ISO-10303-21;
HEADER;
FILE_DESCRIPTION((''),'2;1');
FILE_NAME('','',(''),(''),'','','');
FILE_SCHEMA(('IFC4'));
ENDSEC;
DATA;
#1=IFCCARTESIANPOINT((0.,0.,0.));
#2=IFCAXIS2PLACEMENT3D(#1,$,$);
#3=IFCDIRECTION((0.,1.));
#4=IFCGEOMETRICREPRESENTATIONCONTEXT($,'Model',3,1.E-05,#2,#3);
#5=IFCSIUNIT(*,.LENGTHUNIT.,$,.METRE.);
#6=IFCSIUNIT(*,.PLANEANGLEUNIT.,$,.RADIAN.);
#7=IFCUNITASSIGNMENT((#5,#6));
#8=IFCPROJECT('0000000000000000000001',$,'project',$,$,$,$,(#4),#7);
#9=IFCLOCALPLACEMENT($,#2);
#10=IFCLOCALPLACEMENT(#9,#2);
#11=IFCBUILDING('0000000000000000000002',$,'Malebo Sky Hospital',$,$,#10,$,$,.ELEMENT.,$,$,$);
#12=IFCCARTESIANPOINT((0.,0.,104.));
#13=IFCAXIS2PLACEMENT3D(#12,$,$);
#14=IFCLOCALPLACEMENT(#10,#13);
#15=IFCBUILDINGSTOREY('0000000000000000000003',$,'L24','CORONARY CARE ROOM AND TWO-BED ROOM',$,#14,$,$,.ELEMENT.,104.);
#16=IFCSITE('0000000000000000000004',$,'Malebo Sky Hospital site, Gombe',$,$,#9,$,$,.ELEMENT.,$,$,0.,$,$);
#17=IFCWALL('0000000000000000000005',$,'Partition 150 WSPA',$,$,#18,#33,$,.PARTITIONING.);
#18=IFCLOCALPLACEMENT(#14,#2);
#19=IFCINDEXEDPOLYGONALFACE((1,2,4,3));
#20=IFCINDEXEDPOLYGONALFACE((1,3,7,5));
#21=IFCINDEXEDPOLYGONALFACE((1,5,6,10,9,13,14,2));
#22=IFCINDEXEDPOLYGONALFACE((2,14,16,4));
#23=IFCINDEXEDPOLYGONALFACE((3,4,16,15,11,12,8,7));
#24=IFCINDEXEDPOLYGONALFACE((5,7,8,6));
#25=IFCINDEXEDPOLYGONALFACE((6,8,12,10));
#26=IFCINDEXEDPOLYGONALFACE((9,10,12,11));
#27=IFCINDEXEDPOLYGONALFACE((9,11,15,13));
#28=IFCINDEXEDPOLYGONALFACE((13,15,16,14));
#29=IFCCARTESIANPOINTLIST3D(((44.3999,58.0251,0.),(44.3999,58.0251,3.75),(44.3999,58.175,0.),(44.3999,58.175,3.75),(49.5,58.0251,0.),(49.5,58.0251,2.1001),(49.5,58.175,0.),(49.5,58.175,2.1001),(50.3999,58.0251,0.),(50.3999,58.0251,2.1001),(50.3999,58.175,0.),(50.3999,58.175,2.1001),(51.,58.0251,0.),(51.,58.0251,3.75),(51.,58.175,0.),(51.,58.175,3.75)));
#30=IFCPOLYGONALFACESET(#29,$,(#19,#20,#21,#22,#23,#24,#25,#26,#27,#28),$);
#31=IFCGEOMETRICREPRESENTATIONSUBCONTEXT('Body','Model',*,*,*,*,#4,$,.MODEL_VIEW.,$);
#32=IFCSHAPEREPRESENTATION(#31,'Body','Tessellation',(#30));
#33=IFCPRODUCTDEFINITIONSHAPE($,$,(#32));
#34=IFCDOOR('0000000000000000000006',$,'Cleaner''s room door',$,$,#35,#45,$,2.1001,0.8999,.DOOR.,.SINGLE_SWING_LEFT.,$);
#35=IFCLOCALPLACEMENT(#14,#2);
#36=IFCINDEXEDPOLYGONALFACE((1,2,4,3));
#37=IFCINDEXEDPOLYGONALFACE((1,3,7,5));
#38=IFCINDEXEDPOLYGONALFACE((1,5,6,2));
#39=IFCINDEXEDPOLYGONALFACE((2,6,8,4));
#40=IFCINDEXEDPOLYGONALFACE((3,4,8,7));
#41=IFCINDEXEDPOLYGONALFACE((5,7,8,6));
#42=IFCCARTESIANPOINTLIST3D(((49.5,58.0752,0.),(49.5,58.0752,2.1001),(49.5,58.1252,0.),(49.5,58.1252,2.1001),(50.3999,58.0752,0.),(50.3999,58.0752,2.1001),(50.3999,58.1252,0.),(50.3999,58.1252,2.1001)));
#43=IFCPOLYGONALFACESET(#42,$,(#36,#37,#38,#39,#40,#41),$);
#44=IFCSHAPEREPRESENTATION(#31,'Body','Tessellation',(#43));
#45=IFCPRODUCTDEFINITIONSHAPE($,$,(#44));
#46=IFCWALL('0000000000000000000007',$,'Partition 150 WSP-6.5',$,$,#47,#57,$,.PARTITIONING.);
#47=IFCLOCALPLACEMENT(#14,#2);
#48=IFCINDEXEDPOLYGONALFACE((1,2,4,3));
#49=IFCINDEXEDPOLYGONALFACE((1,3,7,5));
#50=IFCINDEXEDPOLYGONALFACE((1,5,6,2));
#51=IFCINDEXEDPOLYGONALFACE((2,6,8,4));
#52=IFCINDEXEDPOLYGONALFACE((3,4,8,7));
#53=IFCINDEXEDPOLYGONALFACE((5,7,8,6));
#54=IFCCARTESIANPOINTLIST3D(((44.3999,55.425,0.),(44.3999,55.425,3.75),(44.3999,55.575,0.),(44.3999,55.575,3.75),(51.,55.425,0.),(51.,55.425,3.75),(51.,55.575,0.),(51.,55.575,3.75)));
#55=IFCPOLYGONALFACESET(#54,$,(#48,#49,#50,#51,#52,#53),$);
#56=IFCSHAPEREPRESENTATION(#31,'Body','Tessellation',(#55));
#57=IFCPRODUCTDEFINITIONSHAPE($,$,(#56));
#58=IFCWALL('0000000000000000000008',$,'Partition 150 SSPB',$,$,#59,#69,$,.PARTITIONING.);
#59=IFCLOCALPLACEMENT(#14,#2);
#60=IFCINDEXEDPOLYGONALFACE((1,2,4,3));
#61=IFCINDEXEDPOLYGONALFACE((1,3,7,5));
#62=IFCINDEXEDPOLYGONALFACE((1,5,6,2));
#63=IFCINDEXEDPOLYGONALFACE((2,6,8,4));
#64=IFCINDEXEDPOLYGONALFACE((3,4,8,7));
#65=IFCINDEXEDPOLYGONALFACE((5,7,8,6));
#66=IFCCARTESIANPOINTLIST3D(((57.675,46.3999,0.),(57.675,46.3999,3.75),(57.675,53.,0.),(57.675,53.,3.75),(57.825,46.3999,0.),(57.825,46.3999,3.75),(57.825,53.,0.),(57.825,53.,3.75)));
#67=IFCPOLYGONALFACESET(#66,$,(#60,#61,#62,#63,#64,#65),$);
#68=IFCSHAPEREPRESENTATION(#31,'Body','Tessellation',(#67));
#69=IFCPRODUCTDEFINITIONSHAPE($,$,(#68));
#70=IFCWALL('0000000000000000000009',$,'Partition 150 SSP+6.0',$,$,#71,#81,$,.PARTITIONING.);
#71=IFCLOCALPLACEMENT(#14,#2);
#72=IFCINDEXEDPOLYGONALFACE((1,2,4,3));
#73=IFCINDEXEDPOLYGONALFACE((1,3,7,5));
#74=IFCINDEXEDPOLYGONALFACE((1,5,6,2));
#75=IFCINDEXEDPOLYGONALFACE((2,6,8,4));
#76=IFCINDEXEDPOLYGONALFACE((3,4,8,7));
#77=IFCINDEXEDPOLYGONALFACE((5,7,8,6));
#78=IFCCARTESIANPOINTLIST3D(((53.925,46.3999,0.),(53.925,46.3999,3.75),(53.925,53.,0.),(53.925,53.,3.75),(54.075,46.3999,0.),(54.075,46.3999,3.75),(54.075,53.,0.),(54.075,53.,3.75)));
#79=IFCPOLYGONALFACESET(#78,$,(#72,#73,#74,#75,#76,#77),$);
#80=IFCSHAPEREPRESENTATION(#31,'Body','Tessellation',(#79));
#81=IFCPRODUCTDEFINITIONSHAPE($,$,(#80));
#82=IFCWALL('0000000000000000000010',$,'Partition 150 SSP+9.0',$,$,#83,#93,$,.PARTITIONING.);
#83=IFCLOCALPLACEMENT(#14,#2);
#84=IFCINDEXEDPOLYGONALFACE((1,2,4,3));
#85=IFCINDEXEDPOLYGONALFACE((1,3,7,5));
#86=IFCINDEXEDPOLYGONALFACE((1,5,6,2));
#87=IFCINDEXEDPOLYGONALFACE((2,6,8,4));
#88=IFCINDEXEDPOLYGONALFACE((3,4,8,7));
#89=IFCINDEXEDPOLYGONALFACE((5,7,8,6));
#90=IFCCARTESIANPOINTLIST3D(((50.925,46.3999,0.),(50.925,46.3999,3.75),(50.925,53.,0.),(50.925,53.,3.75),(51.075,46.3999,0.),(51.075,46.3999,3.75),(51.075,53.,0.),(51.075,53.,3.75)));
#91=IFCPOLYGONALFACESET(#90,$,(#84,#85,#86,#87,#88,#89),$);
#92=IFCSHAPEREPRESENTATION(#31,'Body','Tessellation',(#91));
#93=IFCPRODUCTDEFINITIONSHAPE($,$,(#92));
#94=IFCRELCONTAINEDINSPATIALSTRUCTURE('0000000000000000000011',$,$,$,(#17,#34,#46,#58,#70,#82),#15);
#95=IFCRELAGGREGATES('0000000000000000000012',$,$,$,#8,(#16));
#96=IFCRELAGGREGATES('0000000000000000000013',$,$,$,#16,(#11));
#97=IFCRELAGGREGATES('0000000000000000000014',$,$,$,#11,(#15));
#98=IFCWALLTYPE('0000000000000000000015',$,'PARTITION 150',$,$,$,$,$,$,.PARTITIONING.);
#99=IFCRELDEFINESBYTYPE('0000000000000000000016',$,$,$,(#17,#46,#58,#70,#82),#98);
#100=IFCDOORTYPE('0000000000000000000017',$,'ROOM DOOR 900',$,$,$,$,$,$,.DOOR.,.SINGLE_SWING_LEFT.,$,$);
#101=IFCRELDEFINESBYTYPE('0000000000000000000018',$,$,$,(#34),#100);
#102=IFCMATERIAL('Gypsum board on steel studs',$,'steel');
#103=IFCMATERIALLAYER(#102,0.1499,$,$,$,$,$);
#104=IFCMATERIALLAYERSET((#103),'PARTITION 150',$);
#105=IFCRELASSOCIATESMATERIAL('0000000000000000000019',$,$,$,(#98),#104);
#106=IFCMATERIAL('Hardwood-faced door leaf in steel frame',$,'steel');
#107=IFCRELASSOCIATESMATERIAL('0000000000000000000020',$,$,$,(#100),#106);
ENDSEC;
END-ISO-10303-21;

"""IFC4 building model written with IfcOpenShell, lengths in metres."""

from ifc_helpers import new_model, si_unit, direction, frame, frame_2d, origin, place, context, subcontext, project, spatial, rectangle, extrude, material, layer, layer_set, type_object, element, fill, save


model = new_model("IFC4")

# Units and contexts
model_context = context("Model", 3, precision=1e-05, world=origin(), true_north=direction((0.0, 1.0)))
body_context = subcontext(model_context, "Body", "Model", "MODEL_VIEW")
ifc_project = project(units=[si_unit("LENGTHUNIT", "METRE"), si_unit("PLANEANGLEUNIT", "RADIAN")], contexts=[model_context])

# Site, building, storey
site_placement = place(None, origin())
site = spatial("IfcSite", under=ifc_project, at=site_placement, Name="Malebo Sky Hospital site, Gombe", CompositionType="ELEMENT", RefElevation=0.0)
building_placement = place(site_placement, origin())
building = spatial("IfcBuilding", under=site, at=building_placement, Name="Malebo Sky Hospital", CompositionType="ELEMENT")
storey_placement = place(building_placement, frame((0.0, 0.0, 104.0)))
storey = spatial("IfcBuildingStorey", under=building, at=storey_placement, Name="L24", Description="CORONARY CARE ROOM AND TWO-BED ROOM", CompositionType="ELEMENT", Elevation=104.0)

# Shared definitions
ifc_material_1 = material(Name="Hardwood-faced door leaf in steel frame", Category="steel")

# Shared definitions
ifc_material_2 = material(Name="Gypsum board on steel studs", Category="steel")

# Wall, opening, door
ifc_layer_1 = layer(ifc_material_2, 0.1499)
ifc_layer_set_1 = layer_set([ifc_layer_1], Name="PARTITION 150")
wall_type_1 = type_object("IfcWallType", Name="PARTITION 150", PredefinedType="PARTITIONING", material=ifc_layer_set_1)
wall_1_placement = place(storey_placement, frame((51.0, 58.1001, 0.0), z_axis=(0.0, 0.0, 1.0), x_axis=(-1.0, 0.0, 0.0)))
wall_1 = element("IfcWall", 1, at=wall_1_placement, inside=storey, type_object=wall_type_1, Name="Partition 150 WSPA", PredefinedType="PARTITIONING", context=body_context, shape_type="SweptSolid", body=[
    extrude(rectangle(XDim=6.6001, YDim=0.1499, at=frame_2d((3.3, 0.0))), origin(), (0.0, 0.0, 1.0), 3.75),
])
opening_1_placement = place(wall_1_placement, frame((0.6001, 0.0, 0.0)))
opening_1 = element("IfcOpeningElement", 2, at=opening_1_placement, cuts=wall_1, PredefinedType="OPENING", context=body_context, shape_type="SweptSolid", body=[
    extrude(rectangle(XDim=0.8999, YDim=2.1001, at=frame_2d((0.45, 1.05))), frame((0.0, 0.085, 0.0), z_axis=(0.0, -1.0, 0.0), x_axis=(1.0, 0.0, 0.0)), (0.0, 0.0, 1.0), 0.1699),
])
door_type_1 = type_object("IfcDoorType", Name="ROOM DOOR 900", OperationType="SINGLE_SWING_LEFT", PredefinedType="DOOR", material=ifc_material_1)
door_1_placement = place(opening_1_placement, origin())
door_1 = element("IfcDoor", 3, at=door_1_placement, inside=storey, type_object=door_type_1, Name="Cleaner's room door", OperationType="SINGLE_SWING_LEFT", OverallHeight=2.1001, OverallWidth=0.8999, PredefinedType="DOOR", context=body_context, shape_type="SweptSolid", body=[
    extrude(rectangle(XDim=0.8999, YDim=2.1001, at=frame_2d((0.45, 1.05))), frame((0.0, 0.0249, 0.0), z_axis=(0.0, -1.0, 0.0), x_axis=(1.0, 0.0, 0.0)), (0.0, 0.0, 1.0), 0.05),
])
fill(opening_1, door_1)

# Walls
for number, where, z_axis, x_axis, name in (
    (4, (51.0, 55.5, 0.0), (0.0, 0.0, 1.0), (-1.0, 0.0, 0.0), "Partition 150 WSP-6.5"),
    (5, (57.75, 53.0, 0.0), (0.0, 0.0, 1.0), (0.0, -1.0, 0.0), "Partition 150 SSPB"),
    (6, (54.0, 53.0, 0.0), (0.0, 0.0, 1.0), (0.0, -1.0, 0.0), "Partition 150 SSP+6.0"),
    (7, (51.0, 53.0, 0.0), (0.0, 0.0, 1.0), (0.0, -1.0, 0.0), "Partition 150 SSP+9.0"),
):
    element("IfcWall", number, at=place(storey_placement, frame(where, z_axis=z_axis, x_axis=x_axis)), inside=storey, type_object=wall_type_1, Name=name, PredefinedType="PARTITIONING", context=body_context, shape_type="SweptSolid", body=[
        extrude(rectangle(XDim=6.6001, YDim=0.1499, at=frame_2d((3.3, 0.0))), origin(), (0.0, 0.0, 1.0), 3.75),
    ])

save(model, "model.ifc")
